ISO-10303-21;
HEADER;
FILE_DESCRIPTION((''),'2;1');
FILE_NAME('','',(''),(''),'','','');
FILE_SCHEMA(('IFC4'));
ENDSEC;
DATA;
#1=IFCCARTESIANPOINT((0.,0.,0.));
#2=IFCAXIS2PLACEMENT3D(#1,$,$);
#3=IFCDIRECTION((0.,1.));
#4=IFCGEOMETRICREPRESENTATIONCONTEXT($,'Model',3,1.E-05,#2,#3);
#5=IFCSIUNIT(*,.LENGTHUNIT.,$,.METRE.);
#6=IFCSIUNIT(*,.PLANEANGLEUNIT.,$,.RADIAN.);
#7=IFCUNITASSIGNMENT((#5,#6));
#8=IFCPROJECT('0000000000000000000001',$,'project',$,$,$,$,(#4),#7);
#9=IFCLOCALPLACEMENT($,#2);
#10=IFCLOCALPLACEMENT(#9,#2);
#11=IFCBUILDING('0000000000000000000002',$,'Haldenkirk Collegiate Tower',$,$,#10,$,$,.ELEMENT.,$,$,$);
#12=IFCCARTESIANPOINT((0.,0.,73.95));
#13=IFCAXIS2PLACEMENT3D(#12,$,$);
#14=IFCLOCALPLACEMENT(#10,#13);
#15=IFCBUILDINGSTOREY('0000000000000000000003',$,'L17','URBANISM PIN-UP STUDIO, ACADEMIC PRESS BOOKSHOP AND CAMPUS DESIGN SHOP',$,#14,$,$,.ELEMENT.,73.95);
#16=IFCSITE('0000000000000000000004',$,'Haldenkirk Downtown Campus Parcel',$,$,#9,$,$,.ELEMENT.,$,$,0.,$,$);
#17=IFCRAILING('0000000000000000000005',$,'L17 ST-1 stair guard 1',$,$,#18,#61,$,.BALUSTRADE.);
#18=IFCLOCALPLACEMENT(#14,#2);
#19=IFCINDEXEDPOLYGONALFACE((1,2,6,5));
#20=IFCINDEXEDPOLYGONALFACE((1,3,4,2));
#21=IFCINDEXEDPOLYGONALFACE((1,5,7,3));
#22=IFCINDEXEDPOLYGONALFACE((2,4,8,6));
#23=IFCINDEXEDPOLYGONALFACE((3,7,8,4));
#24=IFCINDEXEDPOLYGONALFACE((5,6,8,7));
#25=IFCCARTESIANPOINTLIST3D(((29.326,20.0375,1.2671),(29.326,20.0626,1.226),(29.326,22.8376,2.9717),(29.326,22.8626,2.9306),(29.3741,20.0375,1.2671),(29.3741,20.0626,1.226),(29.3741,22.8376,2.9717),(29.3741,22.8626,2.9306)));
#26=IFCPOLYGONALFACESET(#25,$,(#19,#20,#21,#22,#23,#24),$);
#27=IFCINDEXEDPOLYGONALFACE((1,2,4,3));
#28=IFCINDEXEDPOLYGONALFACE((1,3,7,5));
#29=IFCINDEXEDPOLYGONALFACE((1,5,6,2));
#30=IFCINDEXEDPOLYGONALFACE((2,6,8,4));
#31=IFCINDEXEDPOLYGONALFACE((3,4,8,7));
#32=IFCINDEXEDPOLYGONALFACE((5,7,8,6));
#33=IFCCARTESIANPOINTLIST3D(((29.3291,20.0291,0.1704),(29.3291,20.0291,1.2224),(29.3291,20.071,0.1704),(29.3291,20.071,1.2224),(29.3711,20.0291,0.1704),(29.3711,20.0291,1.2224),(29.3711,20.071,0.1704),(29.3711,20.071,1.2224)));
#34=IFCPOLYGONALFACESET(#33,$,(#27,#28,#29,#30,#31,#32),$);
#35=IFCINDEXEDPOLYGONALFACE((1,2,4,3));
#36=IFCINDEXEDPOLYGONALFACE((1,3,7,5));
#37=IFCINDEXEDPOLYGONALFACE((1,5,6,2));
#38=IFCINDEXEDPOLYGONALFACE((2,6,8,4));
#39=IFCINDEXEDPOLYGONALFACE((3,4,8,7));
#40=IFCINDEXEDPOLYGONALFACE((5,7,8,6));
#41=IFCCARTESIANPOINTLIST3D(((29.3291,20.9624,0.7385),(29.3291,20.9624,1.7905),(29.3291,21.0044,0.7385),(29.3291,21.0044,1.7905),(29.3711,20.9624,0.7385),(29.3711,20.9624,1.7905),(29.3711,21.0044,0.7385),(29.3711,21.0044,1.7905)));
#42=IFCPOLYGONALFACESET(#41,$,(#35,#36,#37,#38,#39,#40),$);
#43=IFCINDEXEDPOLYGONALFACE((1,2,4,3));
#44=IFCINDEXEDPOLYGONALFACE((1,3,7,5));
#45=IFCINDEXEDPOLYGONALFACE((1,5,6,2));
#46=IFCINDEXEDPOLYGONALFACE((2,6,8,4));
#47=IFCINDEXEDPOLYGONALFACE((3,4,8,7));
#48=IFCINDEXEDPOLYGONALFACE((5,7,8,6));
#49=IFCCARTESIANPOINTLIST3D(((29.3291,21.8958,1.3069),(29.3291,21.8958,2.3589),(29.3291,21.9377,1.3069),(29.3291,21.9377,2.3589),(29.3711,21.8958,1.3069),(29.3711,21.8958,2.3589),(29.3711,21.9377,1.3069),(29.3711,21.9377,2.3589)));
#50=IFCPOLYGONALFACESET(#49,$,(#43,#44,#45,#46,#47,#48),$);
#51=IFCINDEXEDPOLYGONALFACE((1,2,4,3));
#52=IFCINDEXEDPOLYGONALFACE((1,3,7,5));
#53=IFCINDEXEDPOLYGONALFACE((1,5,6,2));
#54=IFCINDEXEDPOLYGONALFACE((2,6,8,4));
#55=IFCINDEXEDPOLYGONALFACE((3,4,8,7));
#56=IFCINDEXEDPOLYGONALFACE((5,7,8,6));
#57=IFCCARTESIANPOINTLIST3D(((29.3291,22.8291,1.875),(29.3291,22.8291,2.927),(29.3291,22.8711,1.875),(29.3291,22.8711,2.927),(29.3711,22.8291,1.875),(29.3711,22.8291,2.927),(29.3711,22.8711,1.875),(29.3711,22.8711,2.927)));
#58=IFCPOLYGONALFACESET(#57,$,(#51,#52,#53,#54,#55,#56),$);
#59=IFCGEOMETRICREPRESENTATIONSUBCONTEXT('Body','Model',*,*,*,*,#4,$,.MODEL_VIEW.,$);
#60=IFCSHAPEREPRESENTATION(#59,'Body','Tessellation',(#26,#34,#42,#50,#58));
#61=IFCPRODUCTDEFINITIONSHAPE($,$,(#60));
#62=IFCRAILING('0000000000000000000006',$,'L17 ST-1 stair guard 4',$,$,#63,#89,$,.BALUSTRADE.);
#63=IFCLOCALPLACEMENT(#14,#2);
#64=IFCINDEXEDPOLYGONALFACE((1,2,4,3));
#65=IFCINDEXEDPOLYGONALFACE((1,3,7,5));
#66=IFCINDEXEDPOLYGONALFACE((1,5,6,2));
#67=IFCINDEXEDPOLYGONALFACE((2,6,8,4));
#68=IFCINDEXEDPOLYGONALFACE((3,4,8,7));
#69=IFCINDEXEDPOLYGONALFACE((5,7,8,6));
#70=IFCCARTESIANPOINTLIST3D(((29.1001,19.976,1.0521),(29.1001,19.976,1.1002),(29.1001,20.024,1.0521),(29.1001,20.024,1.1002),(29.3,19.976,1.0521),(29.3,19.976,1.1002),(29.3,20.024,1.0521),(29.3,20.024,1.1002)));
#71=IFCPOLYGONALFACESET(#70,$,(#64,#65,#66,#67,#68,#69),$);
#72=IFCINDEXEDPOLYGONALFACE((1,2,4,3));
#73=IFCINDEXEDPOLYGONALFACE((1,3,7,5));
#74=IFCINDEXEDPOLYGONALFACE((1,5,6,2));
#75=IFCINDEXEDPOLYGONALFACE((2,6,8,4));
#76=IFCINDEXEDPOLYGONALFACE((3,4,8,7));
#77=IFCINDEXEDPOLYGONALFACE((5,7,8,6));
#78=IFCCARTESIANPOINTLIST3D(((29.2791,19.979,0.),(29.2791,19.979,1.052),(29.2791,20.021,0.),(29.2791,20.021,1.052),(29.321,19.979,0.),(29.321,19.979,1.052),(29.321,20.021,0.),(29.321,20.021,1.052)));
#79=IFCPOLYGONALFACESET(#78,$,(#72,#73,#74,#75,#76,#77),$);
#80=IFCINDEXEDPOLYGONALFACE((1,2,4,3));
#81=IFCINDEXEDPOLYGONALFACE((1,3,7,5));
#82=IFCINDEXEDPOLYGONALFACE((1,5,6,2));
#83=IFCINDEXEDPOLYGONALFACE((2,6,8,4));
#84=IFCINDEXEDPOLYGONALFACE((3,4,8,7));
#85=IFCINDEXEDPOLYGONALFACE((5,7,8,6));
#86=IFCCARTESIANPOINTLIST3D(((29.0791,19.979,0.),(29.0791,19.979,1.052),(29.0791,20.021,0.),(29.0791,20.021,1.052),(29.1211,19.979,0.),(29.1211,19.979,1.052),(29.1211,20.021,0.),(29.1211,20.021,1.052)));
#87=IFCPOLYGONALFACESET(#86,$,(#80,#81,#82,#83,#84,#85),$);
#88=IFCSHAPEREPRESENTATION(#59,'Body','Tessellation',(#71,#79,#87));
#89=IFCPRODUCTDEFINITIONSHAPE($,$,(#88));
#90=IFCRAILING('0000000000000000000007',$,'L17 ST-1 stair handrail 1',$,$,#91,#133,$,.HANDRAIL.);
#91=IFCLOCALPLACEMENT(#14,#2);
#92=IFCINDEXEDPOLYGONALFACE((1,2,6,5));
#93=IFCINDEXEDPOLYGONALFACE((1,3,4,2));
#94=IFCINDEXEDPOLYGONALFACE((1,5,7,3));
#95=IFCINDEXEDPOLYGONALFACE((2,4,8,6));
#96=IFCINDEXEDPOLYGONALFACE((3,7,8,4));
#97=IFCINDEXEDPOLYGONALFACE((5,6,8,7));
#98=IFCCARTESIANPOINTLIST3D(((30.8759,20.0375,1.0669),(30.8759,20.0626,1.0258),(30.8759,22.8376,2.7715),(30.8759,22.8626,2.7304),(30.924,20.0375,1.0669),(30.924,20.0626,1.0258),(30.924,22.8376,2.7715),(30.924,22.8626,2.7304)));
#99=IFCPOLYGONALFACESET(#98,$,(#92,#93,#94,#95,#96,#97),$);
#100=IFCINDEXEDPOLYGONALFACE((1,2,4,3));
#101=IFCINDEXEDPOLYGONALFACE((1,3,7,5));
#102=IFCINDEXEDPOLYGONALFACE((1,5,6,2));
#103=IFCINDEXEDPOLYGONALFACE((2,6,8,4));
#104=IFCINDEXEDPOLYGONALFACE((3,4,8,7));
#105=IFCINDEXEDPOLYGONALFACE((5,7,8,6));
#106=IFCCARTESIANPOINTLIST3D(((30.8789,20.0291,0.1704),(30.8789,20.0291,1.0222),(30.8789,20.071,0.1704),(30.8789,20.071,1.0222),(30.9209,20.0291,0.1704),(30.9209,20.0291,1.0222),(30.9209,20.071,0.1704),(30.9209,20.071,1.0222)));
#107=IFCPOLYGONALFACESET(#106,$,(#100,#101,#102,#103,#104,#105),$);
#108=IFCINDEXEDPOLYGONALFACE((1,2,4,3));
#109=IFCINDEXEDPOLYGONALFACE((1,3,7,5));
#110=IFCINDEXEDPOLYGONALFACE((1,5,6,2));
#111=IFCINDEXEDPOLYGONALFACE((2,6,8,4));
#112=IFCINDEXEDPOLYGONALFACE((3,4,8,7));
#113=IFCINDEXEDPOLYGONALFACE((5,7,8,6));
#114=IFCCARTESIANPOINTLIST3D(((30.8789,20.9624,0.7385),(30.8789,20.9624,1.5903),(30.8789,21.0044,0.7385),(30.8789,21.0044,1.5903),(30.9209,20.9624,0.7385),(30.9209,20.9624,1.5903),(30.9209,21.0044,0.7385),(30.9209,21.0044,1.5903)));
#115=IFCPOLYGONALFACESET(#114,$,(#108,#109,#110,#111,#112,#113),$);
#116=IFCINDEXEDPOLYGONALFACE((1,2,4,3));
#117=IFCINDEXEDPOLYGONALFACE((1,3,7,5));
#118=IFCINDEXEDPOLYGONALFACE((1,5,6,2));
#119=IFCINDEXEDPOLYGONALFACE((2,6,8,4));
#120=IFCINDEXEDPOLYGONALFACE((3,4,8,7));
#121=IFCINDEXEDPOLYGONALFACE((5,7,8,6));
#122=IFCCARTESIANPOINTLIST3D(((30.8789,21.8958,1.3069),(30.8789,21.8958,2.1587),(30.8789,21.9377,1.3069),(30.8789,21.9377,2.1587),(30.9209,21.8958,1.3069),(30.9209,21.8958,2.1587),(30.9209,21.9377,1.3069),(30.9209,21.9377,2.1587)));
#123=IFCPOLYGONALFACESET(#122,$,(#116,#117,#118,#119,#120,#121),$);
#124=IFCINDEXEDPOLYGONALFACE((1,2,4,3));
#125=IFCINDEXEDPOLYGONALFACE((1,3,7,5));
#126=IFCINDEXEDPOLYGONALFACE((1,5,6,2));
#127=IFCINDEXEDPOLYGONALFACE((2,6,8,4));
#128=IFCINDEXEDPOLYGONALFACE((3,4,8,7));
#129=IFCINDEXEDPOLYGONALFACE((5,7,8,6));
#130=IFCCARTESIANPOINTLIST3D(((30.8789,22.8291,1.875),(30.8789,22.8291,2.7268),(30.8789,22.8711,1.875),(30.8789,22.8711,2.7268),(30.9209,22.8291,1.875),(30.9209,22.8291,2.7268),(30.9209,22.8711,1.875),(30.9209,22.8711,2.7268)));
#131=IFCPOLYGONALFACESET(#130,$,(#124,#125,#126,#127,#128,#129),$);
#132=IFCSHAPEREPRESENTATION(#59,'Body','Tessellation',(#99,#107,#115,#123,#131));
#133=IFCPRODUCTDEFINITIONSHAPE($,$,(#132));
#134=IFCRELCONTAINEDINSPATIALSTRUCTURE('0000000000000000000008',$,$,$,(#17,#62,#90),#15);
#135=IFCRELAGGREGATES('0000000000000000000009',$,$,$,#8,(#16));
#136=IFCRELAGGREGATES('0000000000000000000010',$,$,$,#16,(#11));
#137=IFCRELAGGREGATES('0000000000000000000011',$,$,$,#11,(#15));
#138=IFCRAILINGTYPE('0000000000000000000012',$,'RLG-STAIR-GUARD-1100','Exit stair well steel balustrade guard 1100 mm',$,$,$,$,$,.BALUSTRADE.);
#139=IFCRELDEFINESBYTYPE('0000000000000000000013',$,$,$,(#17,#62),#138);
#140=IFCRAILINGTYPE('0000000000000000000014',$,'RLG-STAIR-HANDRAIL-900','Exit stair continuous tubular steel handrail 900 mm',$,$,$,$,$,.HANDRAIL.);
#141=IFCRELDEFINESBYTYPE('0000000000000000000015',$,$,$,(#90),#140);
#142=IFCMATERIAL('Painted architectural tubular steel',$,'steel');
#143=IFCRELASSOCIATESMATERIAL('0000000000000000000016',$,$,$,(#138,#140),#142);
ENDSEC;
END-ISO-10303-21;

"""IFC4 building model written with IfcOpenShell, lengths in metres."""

from ifc_helpers import new_model, si_unit, direction, frame, origin, origin_2d, place, context, subcontext, project, spatial, rectangle, extrude, material, type_object, element, save


model = new_model("IFC4")

# Units and contexts
model_context = context("Model", 3, precision=1e-05, world=origin(), true_north=direction((0.0, 1.0)))
body_context = subcontext(model_context, "Body", "Model", "MODEL_VIEW")
ifc_project = project(units=[si_unit("LENGTHUNIT", "METRE"), si_unit("PLANEANGLEUNIT", "RADIAN")], contexts=[model_context])

# Site, building, storey
site_placement = place(None, origin())
site = spatial("IfcSite", under=ifc_project, at=site_placement, Name="Haldenkirk Downtown Campus Parcel", CompositionType="ELEMENT", RefElevation=0.0)
building_placement = place(site_placement, origin())
building = spatial("IfcBuilding", under=site, at=building_placement, Name="Haldenkirk Collegiate Tower", CompositionType="ELEMENT")
storey_placement = place(building_placement, frame((0.0, 0.0, 73.95)))
storey = spatial("IfcBuildingStorey", under=building, at=storey_placement, Name="L17", Description="URBANISM PIN-UP STUDIO, ACADEMIC PRESS BOOKSHOP AND CAMPUS DESIGN SHOP", CompositionType="ELEMENT", Elevation=73.95)

# Railings
ifc_material_1 = material(Name="Painted architectural tubular steel", Category="steel")
railing_type_1 = type_object("IfcRailingType", Name="RLG-STAIR-GUARD-1100", Description="Exit stair well steel balustrade guard 1100 mm", PredefinedType="BALUSTRADE", material=ifc_material_1)
railing_1_placement = place(storey_placement, frame((29.3501, 20.05, 0.1704)))
element("IfcRailing", 1, at=railing_1_placement, inside=storey, type_object=railing_type_1, Name="L17 ST-1 stair guard 1", PredefinedType="BALUSTRADE", context=body_context, shape_type="SweptSolid", body=[
    extrude(rectangle(XDim=0.0481, YDim=0.0481, at=origin_2d()), frame((0.0, 0.0, 1.0762), z_axis=(0.0, 0.85417, 0.519994), x_axis=(-1.0, 0.0, 0.0)), (0.0, 0.0, 1.0), 3.2781),
    extrude(rectangle(XDim=0.042, YDim=0.042, at=origin_2d()), origin(), (0.0, 0.0, 1.0), 1.052),
    extrude(rectangle(XDim=0.042, YDim=0.042, at=origin_2d()), frame((0.0, 0.9333, 0.5681)), (0.0, 0.0, 1.0), 1.052),
    extrude(rectangle(XDim=0.042, YDim=0.042, at=origin_2d()), frame((0.0, 1.8667, 1.1365)), (0.0, 0.0, 1.0), 1.052),
    extrude(rectangle(XDim=0.042, YDim=0.042, at=origin_2d()), frame((0.0, 2.8, 1.7046)), (0.0, 0.0, 1.0), 1.052),
])
railing_2_placement = place(storey_placement, frame((29.3, 20.0, 0.0)))
element("IfcRailing", 2, at=railing_2_placement, inside=storey, type_object=railing_type_1, Name="L17 ST-1 stair guard 4", PredefinedType="BALUSTRADE", context=body_context, shape_type="SweptSolid", body=[
    extrude(rectangle(XDim=0.0481, YDim=0.0481, at=origin_2d()), frame((0.0, 0.0, 1.0762), z_axis=(-1.0, 0.0, 0.0), x_axis=(0.0, -1.0, 0.0)), (0.0, 0.0, 1.0), 0.2),
    extrude(rectangle(XDim=0.042, YDim=0.042, at=origin_2d()), origin(), (0.0, 0.0, 1.0), 1.052),
    extrude(rectangle(XDim=0.042, YDim=0.042, at=origin_2d()), frame((-0.2, 0.0, 0.0)), (0.0, 0.0, 1.0), 1.052),
])
railing_type_2 = type_object("IfcRailingType", Name="RLG-STAIR-HANDRAIL-900", Description="Exit stair continuous tubular steel handrail 900 mm", PredefinedType="HANDRAIL", material=ifc_material_1)
railing_3_placement = place(storey_placement, frame((30.8999, 20.05, 0.1704)))
element("IfcRailing", 3, at=railing_3_placement, inside=storey, type_object=railing_type_2, Name="L17 ST-1 stair handrail 1", PredefinedType="HANDRAIL", context=body_context, shape_type="SweptSolid", body=[
    extrude(rectangle(XDim=0.0481, YDim=0.0481, at=origin_2d()), frame((0.0, 0.0, 0.876), z_axis=(0.0, 0.85417, 0.519994), x_axis=(-1.0, 0.0, 0.0)), (0.0, 0.0, 1.0), 3.2781),
    extrude(rectangle(XDim=0.042, YDim=0.042, at=origin_2d()), origin(), (0.0, 0.0, 1.0), 0.8518),
    extrude(rectangle(XDim=0.042, YDim=0.042, at=origin_2d()), frame((0.0, 0.9333, 0.5681)), (0.0, 0.0, 1.0), 0.8518),
    extrude(rectangle(XDim=0.042, YDim=0.042, at=origin_2d()), frame((0.0, 1.8667, 1.1365)), (0.0, 0.0, 1.0), 0.8518),
    extrude(rectangle(XDim=0.042, YDim=0.042, at=origin_2d()), frame((0.0, 2.8, 1.7046)), (0.0, 0.0, 1.0), 0.8518),
])

save(model, "model.ifc")
